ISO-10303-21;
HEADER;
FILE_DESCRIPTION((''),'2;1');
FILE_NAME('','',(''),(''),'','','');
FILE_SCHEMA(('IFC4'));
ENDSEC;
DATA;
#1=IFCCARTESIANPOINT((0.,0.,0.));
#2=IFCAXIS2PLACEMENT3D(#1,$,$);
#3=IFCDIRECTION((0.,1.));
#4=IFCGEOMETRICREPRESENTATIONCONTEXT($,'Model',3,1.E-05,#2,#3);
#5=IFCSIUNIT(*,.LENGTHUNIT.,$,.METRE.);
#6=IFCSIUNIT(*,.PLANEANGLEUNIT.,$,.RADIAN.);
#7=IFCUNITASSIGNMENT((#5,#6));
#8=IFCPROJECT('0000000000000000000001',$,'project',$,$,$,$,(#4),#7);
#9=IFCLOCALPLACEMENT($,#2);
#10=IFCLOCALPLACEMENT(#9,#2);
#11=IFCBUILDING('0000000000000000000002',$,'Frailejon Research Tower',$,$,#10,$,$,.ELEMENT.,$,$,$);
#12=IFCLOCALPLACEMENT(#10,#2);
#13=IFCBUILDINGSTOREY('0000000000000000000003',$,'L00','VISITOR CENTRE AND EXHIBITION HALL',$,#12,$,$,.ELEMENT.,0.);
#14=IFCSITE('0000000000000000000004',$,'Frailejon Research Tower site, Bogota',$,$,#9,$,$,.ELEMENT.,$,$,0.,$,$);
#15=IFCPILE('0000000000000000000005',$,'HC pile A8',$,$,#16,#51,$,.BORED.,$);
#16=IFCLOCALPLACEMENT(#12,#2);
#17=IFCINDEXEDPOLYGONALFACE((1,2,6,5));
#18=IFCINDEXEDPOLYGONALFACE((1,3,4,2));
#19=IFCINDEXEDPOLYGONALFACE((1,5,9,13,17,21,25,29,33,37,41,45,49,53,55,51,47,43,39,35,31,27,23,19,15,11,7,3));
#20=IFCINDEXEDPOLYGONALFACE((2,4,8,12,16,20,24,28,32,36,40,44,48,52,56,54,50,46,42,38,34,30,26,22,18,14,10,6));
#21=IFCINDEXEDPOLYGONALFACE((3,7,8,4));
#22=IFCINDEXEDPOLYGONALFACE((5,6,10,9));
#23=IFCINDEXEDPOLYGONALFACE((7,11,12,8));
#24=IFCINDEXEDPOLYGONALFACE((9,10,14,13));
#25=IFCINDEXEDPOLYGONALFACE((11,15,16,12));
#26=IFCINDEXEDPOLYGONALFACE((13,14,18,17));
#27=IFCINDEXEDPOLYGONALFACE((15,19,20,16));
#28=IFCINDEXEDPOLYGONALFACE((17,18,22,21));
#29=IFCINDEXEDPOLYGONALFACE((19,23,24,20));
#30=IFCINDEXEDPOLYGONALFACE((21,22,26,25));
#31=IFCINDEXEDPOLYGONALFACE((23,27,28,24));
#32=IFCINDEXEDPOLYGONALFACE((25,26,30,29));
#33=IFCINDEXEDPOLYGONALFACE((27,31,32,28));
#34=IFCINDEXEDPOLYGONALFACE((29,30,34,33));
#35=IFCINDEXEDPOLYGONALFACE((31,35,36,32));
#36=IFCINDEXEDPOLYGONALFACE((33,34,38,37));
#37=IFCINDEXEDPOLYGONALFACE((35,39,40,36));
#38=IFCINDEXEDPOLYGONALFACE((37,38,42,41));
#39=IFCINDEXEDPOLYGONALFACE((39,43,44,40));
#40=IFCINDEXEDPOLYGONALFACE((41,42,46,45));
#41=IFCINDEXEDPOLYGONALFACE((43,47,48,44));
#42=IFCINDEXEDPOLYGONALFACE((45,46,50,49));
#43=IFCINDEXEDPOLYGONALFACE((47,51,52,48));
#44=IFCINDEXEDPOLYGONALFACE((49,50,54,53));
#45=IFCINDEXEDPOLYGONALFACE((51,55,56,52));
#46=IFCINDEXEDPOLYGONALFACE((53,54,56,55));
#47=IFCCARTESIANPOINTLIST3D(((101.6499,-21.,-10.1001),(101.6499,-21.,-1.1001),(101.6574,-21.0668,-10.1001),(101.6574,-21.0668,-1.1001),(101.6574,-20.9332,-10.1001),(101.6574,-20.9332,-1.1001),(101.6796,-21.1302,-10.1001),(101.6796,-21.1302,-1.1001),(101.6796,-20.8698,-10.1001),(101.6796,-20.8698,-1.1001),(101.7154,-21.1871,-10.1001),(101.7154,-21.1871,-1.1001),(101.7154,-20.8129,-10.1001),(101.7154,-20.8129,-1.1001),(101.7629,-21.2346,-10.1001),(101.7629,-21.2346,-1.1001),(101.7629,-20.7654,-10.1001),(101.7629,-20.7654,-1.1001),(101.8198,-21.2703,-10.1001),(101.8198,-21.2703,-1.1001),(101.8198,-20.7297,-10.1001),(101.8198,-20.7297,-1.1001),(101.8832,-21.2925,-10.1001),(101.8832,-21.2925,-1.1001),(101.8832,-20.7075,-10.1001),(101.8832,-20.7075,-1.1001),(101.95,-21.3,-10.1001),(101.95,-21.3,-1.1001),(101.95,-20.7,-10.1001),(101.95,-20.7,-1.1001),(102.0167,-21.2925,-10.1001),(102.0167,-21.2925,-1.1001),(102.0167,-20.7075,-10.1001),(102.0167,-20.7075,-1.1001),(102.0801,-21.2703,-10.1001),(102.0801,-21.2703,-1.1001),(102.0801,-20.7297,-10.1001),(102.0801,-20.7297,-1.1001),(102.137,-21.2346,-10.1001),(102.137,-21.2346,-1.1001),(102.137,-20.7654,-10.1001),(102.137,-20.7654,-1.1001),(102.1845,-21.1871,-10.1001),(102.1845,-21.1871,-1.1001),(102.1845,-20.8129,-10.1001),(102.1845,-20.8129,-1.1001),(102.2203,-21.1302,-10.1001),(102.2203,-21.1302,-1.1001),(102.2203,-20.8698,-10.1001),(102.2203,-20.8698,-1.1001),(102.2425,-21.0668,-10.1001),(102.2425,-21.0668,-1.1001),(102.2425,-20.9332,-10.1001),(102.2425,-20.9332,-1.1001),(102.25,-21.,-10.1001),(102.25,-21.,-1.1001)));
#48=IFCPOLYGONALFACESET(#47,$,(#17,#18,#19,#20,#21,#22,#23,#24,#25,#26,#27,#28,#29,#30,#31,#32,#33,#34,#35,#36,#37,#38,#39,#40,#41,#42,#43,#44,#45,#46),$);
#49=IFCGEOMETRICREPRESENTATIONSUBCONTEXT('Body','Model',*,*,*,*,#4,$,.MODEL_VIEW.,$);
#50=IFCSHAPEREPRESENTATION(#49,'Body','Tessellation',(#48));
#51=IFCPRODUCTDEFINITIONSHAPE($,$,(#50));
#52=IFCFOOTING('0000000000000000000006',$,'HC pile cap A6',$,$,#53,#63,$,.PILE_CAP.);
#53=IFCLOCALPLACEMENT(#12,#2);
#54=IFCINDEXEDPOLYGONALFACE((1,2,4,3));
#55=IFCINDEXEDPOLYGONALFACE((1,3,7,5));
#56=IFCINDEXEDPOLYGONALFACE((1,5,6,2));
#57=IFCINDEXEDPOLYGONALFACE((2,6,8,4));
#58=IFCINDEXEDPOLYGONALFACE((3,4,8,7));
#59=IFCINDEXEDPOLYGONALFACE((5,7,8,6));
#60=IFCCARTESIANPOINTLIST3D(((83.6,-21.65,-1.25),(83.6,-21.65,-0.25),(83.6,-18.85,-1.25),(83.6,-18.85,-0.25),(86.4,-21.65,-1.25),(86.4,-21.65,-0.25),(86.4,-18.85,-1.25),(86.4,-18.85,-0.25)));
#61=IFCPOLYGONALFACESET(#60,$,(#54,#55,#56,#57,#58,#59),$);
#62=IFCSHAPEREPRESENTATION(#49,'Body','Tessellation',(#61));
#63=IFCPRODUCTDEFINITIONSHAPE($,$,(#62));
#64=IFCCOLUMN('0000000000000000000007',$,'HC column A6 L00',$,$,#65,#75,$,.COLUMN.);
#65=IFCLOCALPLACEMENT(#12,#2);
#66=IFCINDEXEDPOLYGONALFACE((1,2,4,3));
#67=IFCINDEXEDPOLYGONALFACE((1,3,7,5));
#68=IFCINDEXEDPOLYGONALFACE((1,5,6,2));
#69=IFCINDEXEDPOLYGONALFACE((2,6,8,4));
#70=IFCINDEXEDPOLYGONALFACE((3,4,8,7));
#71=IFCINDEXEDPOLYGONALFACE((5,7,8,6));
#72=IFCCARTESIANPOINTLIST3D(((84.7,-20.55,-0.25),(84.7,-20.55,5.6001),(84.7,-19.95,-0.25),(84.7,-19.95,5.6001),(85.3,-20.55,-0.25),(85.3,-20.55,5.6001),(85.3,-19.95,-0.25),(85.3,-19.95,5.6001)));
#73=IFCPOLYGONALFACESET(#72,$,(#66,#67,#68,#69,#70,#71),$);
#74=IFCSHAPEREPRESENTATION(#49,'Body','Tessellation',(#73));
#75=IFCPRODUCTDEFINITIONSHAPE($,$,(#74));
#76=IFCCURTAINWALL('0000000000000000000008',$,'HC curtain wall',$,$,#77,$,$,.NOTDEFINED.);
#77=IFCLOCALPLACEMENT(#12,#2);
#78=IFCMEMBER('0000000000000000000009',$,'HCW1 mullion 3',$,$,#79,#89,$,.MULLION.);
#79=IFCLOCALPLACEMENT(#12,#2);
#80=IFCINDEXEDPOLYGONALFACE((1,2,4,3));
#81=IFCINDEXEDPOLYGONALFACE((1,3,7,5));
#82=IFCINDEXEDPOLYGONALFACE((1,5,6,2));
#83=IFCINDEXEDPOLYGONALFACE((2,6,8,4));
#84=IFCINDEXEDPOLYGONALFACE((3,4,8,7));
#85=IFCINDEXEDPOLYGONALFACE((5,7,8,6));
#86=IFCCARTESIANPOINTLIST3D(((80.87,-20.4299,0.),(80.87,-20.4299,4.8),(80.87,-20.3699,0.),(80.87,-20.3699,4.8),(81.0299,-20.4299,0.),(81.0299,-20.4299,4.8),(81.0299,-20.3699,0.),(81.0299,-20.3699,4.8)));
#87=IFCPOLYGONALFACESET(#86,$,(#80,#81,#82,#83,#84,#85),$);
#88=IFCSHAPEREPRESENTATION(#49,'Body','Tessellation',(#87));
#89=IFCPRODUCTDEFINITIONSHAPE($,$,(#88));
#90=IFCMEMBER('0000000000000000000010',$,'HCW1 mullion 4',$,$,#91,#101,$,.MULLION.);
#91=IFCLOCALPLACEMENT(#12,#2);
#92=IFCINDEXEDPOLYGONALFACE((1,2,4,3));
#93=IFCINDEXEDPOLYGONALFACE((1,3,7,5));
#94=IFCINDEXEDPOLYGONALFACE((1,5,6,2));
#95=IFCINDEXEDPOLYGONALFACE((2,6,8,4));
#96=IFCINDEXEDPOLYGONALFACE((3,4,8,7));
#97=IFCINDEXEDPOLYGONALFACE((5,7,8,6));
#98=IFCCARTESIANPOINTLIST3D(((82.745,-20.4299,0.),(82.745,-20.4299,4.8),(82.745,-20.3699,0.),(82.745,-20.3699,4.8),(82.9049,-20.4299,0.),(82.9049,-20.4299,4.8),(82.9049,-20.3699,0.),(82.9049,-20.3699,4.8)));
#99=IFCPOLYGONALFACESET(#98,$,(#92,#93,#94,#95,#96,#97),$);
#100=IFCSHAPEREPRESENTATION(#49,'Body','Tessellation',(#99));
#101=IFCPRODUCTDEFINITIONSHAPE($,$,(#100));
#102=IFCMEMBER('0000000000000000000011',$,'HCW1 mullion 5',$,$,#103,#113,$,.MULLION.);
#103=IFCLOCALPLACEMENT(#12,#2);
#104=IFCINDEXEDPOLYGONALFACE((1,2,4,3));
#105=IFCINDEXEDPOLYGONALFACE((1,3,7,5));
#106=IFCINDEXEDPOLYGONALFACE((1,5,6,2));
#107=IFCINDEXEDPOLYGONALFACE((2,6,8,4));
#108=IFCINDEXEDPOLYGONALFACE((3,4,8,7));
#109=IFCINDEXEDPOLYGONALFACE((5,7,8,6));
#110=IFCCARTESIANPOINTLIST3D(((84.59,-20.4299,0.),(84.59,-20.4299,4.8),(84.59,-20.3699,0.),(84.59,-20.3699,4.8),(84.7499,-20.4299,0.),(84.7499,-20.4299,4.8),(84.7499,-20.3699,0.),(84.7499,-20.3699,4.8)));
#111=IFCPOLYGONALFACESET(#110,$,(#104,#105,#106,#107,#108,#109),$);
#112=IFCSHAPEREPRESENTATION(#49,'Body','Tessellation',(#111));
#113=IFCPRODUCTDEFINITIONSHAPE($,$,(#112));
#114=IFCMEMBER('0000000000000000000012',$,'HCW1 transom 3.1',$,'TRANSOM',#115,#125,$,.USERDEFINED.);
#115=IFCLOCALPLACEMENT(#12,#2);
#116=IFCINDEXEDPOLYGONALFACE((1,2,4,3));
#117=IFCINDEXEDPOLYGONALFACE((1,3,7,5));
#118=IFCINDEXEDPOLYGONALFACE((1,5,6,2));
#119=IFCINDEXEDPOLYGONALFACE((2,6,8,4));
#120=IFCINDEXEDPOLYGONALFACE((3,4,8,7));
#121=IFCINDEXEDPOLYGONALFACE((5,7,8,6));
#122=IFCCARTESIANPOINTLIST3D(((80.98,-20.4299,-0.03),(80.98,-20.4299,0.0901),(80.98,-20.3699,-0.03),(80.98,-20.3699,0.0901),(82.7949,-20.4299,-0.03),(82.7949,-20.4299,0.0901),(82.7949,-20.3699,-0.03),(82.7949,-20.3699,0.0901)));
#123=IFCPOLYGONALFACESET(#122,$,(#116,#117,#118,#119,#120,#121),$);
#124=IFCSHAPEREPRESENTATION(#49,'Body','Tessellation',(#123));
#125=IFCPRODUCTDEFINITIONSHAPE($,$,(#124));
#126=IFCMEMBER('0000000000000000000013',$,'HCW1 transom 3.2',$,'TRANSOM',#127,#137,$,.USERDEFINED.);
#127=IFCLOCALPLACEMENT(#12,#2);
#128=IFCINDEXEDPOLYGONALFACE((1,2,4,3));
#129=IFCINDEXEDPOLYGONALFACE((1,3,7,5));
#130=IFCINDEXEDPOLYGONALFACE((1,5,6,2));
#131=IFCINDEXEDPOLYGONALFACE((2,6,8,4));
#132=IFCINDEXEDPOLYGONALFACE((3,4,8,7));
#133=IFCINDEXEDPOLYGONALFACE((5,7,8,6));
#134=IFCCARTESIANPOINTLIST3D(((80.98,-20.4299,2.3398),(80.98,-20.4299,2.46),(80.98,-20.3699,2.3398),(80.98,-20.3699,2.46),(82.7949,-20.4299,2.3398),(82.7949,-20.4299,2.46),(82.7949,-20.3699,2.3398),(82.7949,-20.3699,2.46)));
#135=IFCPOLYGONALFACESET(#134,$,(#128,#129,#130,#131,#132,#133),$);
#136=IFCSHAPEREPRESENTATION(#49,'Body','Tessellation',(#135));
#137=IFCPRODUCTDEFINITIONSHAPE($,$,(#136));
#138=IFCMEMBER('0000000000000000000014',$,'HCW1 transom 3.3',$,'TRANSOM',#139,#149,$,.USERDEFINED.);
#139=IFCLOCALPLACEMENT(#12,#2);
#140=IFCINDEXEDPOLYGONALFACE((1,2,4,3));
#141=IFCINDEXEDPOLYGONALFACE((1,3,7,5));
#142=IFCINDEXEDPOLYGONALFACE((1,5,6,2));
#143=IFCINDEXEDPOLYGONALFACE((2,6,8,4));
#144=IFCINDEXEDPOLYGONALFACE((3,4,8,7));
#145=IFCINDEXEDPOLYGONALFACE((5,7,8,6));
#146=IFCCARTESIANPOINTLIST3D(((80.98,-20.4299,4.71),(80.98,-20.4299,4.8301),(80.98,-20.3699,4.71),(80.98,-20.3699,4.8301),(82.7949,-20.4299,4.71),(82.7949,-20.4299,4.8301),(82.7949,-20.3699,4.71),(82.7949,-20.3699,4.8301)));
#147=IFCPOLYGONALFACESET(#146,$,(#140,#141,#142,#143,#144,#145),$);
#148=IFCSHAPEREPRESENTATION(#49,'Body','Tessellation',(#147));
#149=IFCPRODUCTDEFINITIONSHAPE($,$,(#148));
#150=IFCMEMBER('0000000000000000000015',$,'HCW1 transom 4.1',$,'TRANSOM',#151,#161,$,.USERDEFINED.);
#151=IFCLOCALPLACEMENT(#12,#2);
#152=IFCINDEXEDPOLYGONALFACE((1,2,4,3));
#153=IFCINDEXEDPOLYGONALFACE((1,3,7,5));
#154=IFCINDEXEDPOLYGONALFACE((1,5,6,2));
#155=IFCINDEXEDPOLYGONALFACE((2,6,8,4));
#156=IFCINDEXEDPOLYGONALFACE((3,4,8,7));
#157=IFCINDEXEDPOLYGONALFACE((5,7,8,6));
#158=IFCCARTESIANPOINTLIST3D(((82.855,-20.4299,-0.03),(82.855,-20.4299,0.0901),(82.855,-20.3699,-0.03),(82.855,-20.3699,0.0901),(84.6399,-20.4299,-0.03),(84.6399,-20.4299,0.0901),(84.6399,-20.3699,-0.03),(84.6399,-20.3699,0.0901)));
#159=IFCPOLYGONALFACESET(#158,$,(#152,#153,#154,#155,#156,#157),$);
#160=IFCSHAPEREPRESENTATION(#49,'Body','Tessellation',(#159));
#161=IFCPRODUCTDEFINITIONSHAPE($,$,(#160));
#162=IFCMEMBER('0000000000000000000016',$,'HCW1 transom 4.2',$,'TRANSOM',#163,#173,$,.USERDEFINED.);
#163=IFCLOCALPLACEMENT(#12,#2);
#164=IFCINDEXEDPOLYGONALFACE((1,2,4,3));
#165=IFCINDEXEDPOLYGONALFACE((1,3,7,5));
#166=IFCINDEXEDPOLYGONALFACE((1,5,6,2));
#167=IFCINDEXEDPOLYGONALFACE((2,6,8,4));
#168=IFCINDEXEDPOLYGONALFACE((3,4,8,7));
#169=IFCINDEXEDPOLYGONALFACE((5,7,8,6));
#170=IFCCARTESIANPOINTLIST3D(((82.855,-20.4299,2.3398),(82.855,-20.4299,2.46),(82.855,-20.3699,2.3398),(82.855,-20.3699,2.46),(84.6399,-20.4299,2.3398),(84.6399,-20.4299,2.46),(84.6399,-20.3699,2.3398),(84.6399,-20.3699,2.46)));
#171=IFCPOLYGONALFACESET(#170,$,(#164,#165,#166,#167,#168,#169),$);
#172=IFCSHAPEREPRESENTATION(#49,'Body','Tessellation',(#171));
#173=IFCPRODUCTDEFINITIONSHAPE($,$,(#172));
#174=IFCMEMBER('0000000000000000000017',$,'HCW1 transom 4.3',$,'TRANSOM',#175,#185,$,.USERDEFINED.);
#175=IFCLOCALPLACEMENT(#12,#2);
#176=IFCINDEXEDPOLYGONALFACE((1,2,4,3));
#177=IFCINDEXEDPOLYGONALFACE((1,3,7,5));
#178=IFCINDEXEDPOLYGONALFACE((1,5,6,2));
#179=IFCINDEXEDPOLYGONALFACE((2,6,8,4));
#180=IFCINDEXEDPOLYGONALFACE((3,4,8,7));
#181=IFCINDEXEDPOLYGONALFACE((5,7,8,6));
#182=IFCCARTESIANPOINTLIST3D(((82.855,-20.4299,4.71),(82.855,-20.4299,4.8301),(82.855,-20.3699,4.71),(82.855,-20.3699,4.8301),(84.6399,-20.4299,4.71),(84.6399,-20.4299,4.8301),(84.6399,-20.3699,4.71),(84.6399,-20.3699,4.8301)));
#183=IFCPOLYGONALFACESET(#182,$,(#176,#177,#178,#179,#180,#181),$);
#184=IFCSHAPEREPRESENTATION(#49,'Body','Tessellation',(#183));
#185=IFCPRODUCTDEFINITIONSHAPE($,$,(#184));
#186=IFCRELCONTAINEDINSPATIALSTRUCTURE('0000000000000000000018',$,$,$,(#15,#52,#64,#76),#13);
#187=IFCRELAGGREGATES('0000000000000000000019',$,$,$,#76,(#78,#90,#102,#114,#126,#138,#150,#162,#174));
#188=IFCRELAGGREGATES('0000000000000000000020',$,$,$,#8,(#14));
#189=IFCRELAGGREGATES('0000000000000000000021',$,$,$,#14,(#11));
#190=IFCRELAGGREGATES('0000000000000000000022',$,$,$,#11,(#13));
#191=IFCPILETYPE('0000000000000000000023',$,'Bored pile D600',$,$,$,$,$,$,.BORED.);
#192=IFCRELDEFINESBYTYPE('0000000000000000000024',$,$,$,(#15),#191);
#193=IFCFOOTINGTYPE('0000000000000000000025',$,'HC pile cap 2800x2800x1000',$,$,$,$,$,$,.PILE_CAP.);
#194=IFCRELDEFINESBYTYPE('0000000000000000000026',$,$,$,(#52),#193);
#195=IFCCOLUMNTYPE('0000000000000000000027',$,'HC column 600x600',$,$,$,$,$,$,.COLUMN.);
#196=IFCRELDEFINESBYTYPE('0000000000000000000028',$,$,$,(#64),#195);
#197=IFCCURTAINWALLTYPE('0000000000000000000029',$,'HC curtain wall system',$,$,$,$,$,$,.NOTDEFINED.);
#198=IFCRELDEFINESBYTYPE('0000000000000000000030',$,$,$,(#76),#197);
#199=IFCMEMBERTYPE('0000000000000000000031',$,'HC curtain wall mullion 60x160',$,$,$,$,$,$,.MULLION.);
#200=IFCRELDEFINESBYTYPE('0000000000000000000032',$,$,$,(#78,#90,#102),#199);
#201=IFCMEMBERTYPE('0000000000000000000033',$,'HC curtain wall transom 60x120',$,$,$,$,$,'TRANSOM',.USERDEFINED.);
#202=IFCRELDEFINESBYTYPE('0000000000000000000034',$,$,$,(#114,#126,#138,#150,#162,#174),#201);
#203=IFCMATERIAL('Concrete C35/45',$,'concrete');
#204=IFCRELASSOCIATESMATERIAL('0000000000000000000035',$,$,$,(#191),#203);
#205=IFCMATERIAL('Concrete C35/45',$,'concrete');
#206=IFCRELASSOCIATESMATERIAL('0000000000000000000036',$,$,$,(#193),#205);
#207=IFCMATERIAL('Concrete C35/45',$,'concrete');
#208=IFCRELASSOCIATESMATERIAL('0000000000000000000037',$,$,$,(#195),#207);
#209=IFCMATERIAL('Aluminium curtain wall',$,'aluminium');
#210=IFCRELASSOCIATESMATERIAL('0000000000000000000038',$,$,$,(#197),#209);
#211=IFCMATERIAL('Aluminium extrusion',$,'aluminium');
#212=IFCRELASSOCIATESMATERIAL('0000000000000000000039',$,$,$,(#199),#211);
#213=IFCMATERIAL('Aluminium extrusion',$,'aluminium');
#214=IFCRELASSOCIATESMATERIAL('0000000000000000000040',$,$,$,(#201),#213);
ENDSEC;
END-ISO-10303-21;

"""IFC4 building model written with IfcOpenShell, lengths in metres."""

from ifc_helpers import new_model, si_unit, direction, frame, origin, origin_2d, place, context, subcontext, project, spatial, rectangle, circle, extrude, material, material_profile, profile_set, type_object, element, aggregate, save


model = new_model("IFC4")

# Units and contexts
model_context = context("Model", 3, precision=1e-05, world=origin(), true_north=direction((0.0, 1.0)))
body_context = subcontext(model_context, "Body", "Model", "MODEL_VIEW")
ifc_project = project(units=[si_unit("LENGTHUNIT", "METRE"), si_unit("PLANEANGLEUNIT", "RADIAN")], contexts=[model_context])

# Site, building, storey
site_placement = place(None, origin())
site = spatial("IfcSite", under=ifc_project, at=site_placement, Name="Frailejon Research Tower site, Bogota", CompositionType="ELEMENT", RefElevation=0.0)
building_placement = place(site_placement, origin())
building = spatial("IfcBuilding", under=site, at=building_placement, Name="Frailejon Research Tower", CompositionType="ELEMENT")
storey_placement = place(building_placement, origin())
storey = spatial("IfcBuildingStorey", under=building, at=storey_placement, Name="L00", Description="VISITOR CENTRE AND EXHIBITION HALL", CompositionType="ELEMENT", Elevation=0.0)

# Pile
ifc_material_1 = material(Name="Concrete C35/45", Category="concrete")
ifc_material_profile_1 = material_profile(ifc_material_1, circle(Radius=0.3, at=origin_2d()), Name="Bored pile D600")
ifc_profile_set_1 = profile_set([ifc_material_profile_1], Name="Concrete C35/45")
pile_type = type_object("IfcPileType", Name="Bored pile D600", PredefinedType="BORED", material=ifc_profile_set_1)
pile_placement = place(storey_placement, frame((101.95, -21.0, -1.1001), z_axis=(0.0, 0.0, -1.0), x_axis=(1.0, 0.0, 0.0)))
element("IfcPile", 1, at=pile_placement, inside=storey, type_object=pile_type, Name="HC pile A8", PredefinedType="BORED", context=body_context, shape_type="SweptSolid", body=[
    extrude(circle(Radius=0.3, at=origin_2d()), origin(), (0.0, 0.0, 1.0), 9.0),
])

# Footing
ifc_material_2 = material(Name="Concrete C35/45", Category="concrete")
footing_type = type_object("IfcFootingType", Name="HC pile cap 2800x2800x1000", PredefinedType="PILE_CAP", material=ifc_material_2)
footing_placement = place(storey_placement, frame((85.0, -20.25, -1.25), z_axis=(0.0, 0.0, 1.0), x_axis=(1.0, 0.0, 0.0)))
element("IfcFooting", 2, at=footing_placement, inside=storey, type_object=footing_type, Name="HC pile cap A6", PredefinedType="PILE_CAP", context=body_context, shape_type="SweptSolid", body=[
    extrude(rectangle(XDim=2.8, YDim=2.8, at=origin_2d()), origin(), (0.0, 0.0, 1.0), 1.0),
])

# Column
ifc_material_3 = material(Name="Concrete C35/45", Category="concrete")
ifc_material_profile_2 = material_profile(ifc_material_3, rectangle(XDim=0.6001, YDim=0.6001, at=origin_2d()), Name="HC column 600x600")
ifc_profile_set_2 = profile_set([ifc_material_profile_2], Name="Concrete C35/45")
column_type = type_object("IfcColumnType", Name="HC column 600x600", PredefinedType="COLUMN", material=ifc_profile_set_2)
column_placement = place(storey_placement, frame((85.0, -20.25, -0.25), z_axis=(0.0, 0.0, 1.0), x_axis=(1.0, 0.0, 0.0)))
element("IfcColumn", 3, at=column_placement, inside=storey, type_object=column_type, Name="HC column A6 L00", PredefinedType="COLUMN", context=body_context, shape_type="SweptSolid", body=[
    extrude(rectangle(XDim=0.6001, YDim=0.6001, at=origin_2d()), origin(), (0.0, 0.0, 1.0), 5.8501),
])

# Curtain wall, members
ifc_material_4 = material(Name="Aluminium curtain wall", Category="aluminium")
curtain_wall_type = type_object("IfcCurtainWallType", Name="HC curtain wall system", PredefinedType="NOTDEFINED", material=ifc_material_4)
curtain_wall_placement = place(storey_placement, origin())
curtain_wall = element("IfcCurtainWall", 4, at=curtain_wall_placement, inside=storey, type_object=curtain_wall_type, Name="HC curtain wall", PredefinedType="NOTDEFINED")
ifc_material_5 = material(Name="Aluminium extrusion", Category="aluminium")
ifc_material_profile_3 = material_profile(ifc_material_5, rectangle(XDim=0.0601, YDim=0.1599, at=origin_2d()), Name="HC curtain wall mullion 60x160")
ifc_profile_set_3 = profile_set([ifc_material_profile_3], Name="Aluminium extrusion")
member_type_1 = type_object("IfcMemberType", Name="HC curtain wall mullion 60x160", PredefinedType="MULLION", material=ifc_profile_set_3)
member_1_placement = place(storey_placement, frame((80.95, -20.3999, 0.0), z_axis=(0.0, 0.0, 1.0), x_axis=(0.0, 1.0, 0.0)))
member_1 = element("IfcMember", 5, at=member_1_placement, type_object=member_type_1, Name="HCW1 mullion 3", PredefinedType="MULLION", context=body_context, shape_type="SweptSolid", body=[
    extrude(rectangle(XDim=0.0601, YDim=0.1599, at=origin_2d()), origin(), (0.0, 0.0, 1.0), 4.8),
])
member_2_placement = place(storey_placement, frame((82.825, -20.3999, 0.0), z_axis=(0.0, 0.0, 1.0), x_axis=(0.0, 1.0, 0.0)))
member_2 = element("IfcMember", 6, at=member_2_placement, type_object=member_type_1, Name="HCW1 mullion 4", PredefinedType="MULLION", context=body_context, shape_type="SweptSolid", body=[
    extrude(rectangle(XDim=0.0601, YDim=0.1599, at=origin_2d()), origin(), (0.0, 0.0, 1.0), 4.8),
])
member_3_placement = place(storey_placement, frame((84.6699, -20.3999, 0.0), z_axis=(0.0, 0.0, 1.0), x_axis=(0.0, 1.0, 0.0)))
member_3 = element("IfcMember", 7, at=member_3_placement, type_object=member_type_1, Name="HCW1 mullion 5", PredefinedType="MULLION", context=body_context, shape_type="SweptSolid", body=[
    extrude(rectangle(XDim=0.0601, YDim=0.1599, at=origin_2d()), origin(), (0.0, 0.0, 1.0), 4.8),
])
ifc_material_6 = material(Name="Aluminium extrusion", Category="aluminium")
ifc_material_profile_4 = material_profile(ifc_material_6, rectangle(XDim=0.0601, YDim=0.1201, at=origin_2d()), Name="HC curtain wall transom 60x120")
ifc_profile_set_4 = profile_set([ifc_material_profile_4], Name="Aluminium extrusion")
member_type_2 = type_object("IfcMemberType", Name="HC curtain wall transom 60x120", ElementType="TRANSOM", PredefinedType="USERDEFINED", material=ifc_profile_set_4)
member_4_placement = place(storey_placement, frame((80.98, -20.3999, 0.03), z_axis=(1.0, 0.0, 0.0), x_axis=(0.0, 1.0, 0.0)))
member_4 = element("IfcMember", 8, at=member_4_placement, type_object=member_type_2, Name="HCW1 transom 3.1", ObjectType="TRANSOM", PredefinedType="USERDEFINED", context=body_context, shape_type="SweptSolid", body=[
    extrude(rectangle(XDim=0.0601, YDim=0.1201, at=origin_2d()), origin(), (0.0, 0.0, 1.0), 1.8149),
])
member_5_placement = place(storey_placement, frame((80.98, -20.3999, 2.3999), z_axis=(1.0, 0.0, 0.0), x_axis=(0.0, 1.0, 0.0)))
member_5 = element("IfcMember", 9, at=member_5_placement, type_object=member_type_2, Name="HCW1 transom 3.2", ObjectType="TRANSOM", PredefinedType="USERDEFINED", context=body_context, shape_type="SweptSolid", body=[
    extrude(rectangle(XDim=0.0601, YDim=0.1201, at=origin_2d()), origin(), (0.0, 0.0, 1.0), 1.8149),
])
member_6_placement = place(storey_placement, frame((80.98, -20.3999, 4.77), z_axis=(1.0, 0.0, 0.0), x_axis=(0.0, 1.0, 0.0)))
member_6 = element("IfcMember", 10, at=member_6_placement, type_object=member_type_2, Name="HCW1 transom 3.3", ObjectType="TRANSOM", PredefinedType="USERDEFINED", context=body_context, shape_type="SweptSolid", body=[
    extrude(rectangle(XDim=0.0601, YDim=0.1201, at=origin_2d()), origin(), (0.0, 0.0, 1.0), 1.8149),
])
member_7_placement = place(storey_placement, frame((82.855, -20.3999, 0.03), z_axis=(1.0, 0.0, 0.0), x_axis=(0.0, 1.0, 0.0)))
member_7 = element("IfcMember", 11, at=member_7_placement, type_object=member_type_2, Name="HCW1 transom 4.1", ObjectType="TRANSOM", PredefinedType="USERDEFINED", context=body_context, shape_type="SweptSolid", body=[
    extrude(rectangle(XDim=0.0601, YDim=0.1201, at=origin_2d()), origin(), (0.0, 0.0, 1.0), 1.7849),
])
member_8_placement = place(storey_placement, frame((82.855, -20.3999, 2.3999), z_axis=(1.0, 0.0, 0.0), x_axis=(0.0, 1.0, 0.0)))
member_8 = element("IfcMember", 12, at=member_8_placement, type_object=member_type_2, Name="HCW1 transom 4.2", ObjectType="TRANSOM", PredefinedType="USERDEFINED", context=body_context, shape_type="SweptSolid", body=[
    extrude(rectangle(XDim=0.0601, YDim=0.1201, at=origin_2d()), origin(), (0.0, 0.0, 1.0), 1.7849),
])
member_9_placement = place(storey_placement, frame((82.855, -20.3999, 4.77), z_axis=(1.0, 0.0, 0.0), x_axis=(0.0, 1.0, 0.0)))
member_9 = element("IfcMember", 13, at=member_9_placement, type_object=member_type_2, Name="HCW1 transom 4.3", ObjectType="TRANSOM", PredefinedType="USERDEFINED", context=body_context, shape_type="SweptSolid", body=[
    extrude(rectangle(XDim=0.0601, YDim=0.1201, at=origin_2d()), origin(), (0.0, 0.0, 1.0), 1.7849),
])
aggregate(curtain_wall, [member_1, member_2, member_3, member_4, member_5, member_6, member_7, member_8, member_9])

save(model, "model.ifc")
